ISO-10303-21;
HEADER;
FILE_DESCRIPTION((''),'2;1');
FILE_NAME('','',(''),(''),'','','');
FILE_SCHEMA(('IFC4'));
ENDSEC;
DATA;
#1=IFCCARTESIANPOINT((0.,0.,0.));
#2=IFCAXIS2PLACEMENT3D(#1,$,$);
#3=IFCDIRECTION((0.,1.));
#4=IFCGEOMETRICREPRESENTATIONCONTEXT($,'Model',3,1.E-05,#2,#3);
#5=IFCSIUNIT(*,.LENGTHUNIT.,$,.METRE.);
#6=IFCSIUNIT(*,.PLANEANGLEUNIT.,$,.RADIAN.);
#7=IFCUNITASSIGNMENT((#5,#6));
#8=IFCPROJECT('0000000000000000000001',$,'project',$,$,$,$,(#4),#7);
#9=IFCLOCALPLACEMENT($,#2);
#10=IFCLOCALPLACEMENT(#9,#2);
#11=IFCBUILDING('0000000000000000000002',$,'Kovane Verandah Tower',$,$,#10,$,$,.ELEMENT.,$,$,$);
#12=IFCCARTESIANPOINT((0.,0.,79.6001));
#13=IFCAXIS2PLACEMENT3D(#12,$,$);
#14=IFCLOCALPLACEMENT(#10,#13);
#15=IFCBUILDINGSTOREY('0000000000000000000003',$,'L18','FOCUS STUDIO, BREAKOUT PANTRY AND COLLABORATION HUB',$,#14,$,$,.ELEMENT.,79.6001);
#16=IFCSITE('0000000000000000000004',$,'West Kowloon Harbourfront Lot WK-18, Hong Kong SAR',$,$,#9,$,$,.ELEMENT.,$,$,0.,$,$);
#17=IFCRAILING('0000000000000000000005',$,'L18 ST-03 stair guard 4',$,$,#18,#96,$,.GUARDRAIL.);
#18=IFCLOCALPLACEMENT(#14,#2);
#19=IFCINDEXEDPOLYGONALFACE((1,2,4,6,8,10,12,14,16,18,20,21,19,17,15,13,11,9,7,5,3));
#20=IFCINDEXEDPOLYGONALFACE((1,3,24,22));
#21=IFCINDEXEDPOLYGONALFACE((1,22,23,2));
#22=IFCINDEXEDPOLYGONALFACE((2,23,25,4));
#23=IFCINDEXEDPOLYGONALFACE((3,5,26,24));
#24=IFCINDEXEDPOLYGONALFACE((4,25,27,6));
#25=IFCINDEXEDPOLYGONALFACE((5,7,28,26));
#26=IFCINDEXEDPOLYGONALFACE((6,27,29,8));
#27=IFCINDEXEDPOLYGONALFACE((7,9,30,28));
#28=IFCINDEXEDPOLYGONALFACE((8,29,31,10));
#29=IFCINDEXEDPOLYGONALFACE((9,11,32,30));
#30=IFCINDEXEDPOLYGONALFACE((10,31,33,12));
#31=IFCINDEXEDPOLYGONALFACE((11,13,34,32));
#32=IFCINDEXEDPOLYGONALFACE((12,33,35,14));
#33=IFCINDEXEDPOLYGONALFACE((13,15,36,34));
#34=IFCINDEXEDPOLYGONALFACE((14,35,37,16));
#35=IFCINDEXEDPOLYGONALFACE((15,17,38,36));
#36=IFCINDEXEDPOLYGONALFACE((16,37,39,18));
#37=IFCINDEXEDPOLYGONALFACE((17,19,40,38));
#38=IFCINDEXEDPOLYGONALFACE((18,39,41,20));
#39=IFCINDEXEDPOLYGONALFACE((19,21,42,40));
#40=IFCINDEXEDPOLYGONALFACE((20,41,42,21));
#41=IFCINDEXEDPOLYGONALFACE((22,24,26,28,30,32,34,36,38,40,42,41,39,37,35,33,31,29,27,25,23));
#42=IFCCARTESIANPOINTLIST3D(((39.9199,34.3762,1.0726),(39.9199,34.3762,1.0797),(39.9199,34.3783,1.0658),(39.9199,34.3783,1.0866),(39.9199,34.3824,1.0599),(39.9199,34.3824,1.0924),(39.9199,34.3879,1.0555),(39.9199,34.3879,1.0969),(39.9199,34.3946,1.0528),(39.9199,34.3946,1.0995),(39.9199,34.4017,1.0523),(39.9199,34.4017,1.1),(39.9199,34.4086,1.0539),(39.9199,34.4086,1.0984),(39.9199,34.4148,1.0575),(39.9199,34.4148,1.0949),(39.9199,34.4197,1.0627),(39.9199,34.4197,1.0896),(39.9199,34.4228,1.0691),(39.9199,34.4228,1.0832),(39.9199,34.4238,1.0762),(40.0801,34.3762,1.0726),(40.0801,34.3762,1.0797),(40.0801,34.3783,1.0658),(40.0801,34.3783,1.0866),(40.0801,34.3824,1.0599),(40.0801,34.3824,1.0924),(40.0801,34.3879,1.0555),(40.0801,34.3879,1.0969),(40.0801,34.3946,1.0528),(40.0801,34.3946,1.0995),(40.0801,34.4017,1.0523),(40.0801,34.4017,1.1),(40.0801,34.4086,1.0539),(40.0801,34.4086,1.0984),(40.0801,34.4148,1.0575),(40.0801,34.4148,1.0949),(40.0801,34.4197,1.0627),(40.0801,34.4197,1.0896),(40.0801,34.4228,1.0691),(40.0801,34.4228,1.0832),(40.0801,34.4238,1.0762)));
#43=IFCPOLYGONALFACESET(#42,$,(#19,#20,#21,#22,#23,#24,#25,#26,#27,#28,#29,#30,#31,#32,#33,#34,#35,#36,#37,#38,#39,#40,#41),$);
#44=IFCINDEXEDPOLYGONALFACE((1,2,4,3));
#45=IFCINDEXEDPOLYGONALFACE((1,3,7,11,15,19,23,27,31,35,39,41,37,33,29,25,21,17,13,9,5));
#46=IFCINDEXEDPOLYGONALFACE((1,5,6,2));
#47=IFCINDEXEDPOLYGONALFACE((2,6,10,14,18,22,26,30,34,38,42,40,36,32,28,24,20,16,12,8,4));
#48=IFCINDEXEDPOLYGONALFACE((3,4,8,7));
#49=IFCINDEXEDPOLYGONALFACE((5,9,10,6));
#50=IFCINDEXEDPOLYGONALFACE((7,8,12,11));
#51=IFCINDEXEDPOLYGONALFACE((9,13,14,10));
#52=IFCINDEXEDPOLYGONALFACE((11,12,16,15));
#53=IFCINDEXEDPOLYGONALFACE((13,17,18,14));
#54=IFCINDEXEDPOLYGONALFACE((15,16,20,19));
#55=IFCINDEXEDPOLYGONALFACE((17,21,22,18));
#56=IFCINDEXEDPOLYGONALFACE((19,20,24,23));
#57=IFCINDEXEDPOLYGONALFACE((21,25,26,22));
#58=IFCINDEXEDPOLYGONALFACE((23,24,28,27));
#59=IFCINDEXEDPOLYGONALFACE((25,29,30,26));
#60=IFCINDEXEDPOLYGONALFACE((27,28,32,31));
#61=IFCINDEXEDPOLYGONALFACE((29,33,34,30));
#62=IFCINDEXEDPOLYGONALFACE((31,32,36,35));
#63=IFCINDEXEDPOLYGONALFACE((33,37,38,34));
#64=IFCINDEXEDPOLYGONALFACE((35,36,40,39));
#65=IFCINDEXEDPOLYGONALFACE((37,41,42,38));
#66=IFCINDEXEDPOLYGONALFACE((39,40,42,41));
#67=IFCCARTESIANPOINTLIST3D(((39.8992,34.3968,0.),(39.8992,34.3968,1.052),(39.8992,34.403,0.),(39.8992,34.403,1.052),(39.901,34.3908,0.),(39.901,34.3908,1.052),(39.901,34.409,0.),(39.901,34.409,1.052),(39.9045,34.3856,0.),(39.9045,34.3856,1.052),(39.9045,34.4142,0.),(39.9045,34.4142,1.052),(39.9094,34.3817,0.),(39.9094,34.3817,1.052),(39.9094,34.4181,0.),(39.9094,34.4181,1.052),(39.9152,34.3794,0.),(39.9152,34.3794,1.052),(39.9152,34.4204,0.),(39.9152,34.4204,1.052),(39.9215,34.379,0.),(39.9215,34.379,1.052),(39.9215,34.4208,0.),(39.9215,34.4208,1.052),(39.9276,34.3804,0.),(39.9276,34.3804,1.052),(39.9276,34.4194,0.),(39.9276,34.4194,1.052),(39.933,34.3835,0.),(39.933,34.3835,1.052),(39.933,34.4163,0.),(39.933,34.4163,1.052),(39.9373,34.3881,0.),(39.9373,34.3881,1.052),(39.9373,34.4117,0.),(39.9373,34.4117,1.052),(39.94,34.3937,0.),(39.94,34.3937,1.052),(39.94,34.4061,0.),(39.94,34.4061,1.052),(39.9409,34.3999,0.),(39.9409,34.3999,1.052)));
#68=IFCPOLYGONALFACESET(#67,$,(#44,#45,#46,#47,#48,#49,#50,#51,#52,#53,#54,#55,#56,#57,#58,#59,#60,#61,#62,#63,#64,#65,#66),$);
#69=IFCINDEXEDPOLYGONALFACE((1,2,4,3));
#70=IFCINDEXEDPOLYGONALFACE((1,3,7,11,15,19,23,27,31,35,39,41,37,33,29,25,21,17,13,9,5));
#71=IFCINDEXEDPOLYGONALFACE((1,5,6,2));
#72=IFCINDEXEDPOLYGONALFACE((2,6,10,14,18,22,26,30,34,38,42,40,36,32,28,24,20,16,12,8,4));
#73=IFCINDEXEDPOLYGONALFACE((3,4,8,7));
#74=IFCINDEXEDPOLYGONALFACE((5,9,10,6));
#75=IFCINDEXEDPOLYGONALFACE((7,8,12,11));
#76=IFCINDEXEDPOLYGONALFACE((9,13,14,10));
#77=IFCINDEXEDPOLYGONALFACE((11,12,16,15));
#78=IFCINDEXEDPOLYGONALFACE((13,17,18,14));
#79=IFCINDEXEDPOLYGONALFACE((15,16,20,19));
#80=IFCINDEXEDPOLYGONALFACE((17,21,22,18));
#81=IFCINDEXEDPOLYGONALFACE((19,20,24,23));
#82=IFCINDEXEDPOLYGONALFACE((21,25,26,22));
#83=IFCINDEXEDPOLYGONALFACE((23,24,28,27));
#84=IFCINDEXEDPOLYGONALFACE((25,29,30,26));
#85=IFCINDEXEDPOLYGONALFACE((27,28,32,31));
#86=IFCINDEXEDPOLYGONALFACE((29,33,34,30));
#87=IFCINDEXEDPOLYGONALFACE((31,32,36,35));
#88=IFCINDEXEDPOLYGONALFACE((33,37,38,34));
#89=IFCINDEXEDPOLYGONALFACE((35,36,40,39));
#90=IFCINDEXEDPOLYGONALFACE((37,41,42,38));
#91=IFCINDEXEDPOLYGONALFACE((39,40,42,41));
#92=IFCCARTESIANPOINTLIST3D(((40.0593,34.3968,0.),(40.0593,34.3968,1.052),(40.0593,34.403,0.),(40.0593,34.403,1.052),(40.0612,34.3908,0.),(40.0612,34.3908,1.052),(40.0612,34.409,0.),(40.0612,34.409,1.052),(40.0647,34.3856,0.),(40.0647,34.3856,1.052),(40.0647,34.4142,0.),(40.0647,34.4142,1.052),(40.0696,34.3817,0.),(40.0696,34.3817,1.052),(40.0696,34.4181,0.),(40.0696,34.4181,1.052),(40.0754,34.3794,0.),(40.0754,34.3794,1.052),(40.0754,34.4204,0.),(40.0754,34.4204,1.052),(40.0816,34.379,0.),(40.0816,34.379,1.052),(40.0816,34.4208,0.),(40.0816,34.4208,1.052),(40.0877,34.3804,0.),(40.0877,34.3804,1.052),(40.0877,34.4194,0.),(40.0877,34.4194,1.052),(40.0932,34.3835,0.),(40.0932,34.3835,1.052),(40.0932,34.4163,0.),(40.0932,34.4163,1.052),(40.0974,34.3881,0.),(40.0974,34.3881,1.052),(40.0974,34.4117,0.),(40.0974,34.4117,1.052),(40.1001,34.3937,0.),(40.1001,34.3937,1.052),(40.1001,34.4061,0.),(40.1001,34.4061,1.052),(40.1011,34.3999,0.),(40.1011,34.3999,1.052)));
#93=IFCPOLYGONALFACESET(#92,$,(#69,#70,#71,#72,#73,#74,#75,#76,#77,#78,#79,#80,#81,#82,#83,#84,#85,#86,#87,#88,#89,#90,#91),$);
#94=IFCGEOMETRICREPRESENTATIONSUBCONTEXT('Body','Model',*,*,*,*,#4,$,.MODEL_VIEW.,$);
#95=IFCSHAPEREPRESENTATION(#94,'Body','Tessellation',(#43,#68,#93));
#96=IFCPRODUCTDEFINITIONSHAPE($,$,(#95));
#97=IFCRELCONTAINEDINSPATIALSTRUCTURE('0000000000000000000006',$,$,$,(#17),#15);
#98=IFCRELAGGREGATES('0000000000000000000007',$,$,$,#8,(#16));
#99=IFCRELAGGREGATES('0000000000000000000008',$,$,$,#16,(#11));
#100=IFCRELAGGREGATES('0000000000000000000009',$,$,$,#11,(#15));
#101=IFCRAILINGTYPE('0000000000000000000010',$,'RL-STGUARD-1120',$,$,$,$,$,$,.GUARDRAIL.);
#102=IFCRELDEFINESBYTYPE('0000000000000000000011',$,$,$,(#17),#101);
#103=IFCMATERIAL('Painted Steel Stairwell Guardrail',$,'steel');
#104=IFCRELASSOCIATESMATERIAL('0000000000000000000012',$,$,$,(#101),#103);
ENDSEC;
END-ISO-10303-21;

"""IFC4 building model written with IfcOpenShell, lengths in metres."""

from ifc_helpers import new_model, si_unit, direction, frame, origin, origin_2d, place, context, subcontext, project, spatial, circle, extrude, material, type_object, element, save


model = new_model("IFC4")

# Units and contexts
model_context = context("Model", 3, precision=1e-05, world=origin(), true_north=direction((0.0, 1.0)))
body_context = subcontext(model_context, "Body", "Model", "MODEL_VIEW")
ifc_project = project(units=[si_unit("LENGTHUNIT", "METRE"), si_unit("PLANEANGLEUNIT", "RADIAN")], contexts=[model_context])

# Site, building, storey
site_placement = place(None, origin())
site = spatial("IfcSite", under=ifc_project, at=site_placement, Name="West Kowloon Harbourfront Lot WK-18, Hong Kong SAR", CompositionType="ELEMENT", RefElevation=0.0)
building_placement = place(site_placement, origin())
building = spatial("IfcBuilding", under=site, at=building_placement, Name="Kovane Verandah Tower", CompositionType="ELEMENT")
storey_placement = place(building_placement, frame((0.0, 0.0, 79.6001)))
storey = spatial("IfcBuildingStorey", under=building, at=storey_placement, Name="L18", Description="FOCUS STUDIO, BREAKOUT PANTRY AND COLLABORATION HUB", CompositionType="ELEMENT", Elevation=79.6001)

# Railing
ifc_material_1 = material(Name="Painted Steel Stairwell Guardrail", Category="steel")
railing_type = type_object("IfcRailingType", Name="RL-STGUARD-1120", PredefinedType="GUARDRAIL", material=ifc_material_1)
railing_1_placement = place(storey_placement, frame((39.9199, 34.3999, 0.0)))
element("IfcRailing", 1, at=railing_1_placement, inside=storey, type_object=railing_type, Name="L18 ST-03 stair guard 4", PredefinedType="GUARDRAIL", context=body_context, shape_type="SweptSolid", body=[
    extrude(circle(Radius=0.0239, at=origin_2d()), frame((0.0, 0.0, 1.0762), z_axis=(1.0, 0.0, 0.0), x_axis=(0.0, 1.0, 0.0)), (0.0, 0.0, 1.0), 0.1602),
    extrude(circle(Radius=0.021, at=origin_2d()), origin(), (0.0, 0.0, 1.0), 1.052),
    extrude(circle(Radius=0.021, at=origin_2d()), frame((0.1602, 0.0, 0.0)), (0.0, 0.0, 1.0), 1.052),
])

save(model, "model.ifc")
